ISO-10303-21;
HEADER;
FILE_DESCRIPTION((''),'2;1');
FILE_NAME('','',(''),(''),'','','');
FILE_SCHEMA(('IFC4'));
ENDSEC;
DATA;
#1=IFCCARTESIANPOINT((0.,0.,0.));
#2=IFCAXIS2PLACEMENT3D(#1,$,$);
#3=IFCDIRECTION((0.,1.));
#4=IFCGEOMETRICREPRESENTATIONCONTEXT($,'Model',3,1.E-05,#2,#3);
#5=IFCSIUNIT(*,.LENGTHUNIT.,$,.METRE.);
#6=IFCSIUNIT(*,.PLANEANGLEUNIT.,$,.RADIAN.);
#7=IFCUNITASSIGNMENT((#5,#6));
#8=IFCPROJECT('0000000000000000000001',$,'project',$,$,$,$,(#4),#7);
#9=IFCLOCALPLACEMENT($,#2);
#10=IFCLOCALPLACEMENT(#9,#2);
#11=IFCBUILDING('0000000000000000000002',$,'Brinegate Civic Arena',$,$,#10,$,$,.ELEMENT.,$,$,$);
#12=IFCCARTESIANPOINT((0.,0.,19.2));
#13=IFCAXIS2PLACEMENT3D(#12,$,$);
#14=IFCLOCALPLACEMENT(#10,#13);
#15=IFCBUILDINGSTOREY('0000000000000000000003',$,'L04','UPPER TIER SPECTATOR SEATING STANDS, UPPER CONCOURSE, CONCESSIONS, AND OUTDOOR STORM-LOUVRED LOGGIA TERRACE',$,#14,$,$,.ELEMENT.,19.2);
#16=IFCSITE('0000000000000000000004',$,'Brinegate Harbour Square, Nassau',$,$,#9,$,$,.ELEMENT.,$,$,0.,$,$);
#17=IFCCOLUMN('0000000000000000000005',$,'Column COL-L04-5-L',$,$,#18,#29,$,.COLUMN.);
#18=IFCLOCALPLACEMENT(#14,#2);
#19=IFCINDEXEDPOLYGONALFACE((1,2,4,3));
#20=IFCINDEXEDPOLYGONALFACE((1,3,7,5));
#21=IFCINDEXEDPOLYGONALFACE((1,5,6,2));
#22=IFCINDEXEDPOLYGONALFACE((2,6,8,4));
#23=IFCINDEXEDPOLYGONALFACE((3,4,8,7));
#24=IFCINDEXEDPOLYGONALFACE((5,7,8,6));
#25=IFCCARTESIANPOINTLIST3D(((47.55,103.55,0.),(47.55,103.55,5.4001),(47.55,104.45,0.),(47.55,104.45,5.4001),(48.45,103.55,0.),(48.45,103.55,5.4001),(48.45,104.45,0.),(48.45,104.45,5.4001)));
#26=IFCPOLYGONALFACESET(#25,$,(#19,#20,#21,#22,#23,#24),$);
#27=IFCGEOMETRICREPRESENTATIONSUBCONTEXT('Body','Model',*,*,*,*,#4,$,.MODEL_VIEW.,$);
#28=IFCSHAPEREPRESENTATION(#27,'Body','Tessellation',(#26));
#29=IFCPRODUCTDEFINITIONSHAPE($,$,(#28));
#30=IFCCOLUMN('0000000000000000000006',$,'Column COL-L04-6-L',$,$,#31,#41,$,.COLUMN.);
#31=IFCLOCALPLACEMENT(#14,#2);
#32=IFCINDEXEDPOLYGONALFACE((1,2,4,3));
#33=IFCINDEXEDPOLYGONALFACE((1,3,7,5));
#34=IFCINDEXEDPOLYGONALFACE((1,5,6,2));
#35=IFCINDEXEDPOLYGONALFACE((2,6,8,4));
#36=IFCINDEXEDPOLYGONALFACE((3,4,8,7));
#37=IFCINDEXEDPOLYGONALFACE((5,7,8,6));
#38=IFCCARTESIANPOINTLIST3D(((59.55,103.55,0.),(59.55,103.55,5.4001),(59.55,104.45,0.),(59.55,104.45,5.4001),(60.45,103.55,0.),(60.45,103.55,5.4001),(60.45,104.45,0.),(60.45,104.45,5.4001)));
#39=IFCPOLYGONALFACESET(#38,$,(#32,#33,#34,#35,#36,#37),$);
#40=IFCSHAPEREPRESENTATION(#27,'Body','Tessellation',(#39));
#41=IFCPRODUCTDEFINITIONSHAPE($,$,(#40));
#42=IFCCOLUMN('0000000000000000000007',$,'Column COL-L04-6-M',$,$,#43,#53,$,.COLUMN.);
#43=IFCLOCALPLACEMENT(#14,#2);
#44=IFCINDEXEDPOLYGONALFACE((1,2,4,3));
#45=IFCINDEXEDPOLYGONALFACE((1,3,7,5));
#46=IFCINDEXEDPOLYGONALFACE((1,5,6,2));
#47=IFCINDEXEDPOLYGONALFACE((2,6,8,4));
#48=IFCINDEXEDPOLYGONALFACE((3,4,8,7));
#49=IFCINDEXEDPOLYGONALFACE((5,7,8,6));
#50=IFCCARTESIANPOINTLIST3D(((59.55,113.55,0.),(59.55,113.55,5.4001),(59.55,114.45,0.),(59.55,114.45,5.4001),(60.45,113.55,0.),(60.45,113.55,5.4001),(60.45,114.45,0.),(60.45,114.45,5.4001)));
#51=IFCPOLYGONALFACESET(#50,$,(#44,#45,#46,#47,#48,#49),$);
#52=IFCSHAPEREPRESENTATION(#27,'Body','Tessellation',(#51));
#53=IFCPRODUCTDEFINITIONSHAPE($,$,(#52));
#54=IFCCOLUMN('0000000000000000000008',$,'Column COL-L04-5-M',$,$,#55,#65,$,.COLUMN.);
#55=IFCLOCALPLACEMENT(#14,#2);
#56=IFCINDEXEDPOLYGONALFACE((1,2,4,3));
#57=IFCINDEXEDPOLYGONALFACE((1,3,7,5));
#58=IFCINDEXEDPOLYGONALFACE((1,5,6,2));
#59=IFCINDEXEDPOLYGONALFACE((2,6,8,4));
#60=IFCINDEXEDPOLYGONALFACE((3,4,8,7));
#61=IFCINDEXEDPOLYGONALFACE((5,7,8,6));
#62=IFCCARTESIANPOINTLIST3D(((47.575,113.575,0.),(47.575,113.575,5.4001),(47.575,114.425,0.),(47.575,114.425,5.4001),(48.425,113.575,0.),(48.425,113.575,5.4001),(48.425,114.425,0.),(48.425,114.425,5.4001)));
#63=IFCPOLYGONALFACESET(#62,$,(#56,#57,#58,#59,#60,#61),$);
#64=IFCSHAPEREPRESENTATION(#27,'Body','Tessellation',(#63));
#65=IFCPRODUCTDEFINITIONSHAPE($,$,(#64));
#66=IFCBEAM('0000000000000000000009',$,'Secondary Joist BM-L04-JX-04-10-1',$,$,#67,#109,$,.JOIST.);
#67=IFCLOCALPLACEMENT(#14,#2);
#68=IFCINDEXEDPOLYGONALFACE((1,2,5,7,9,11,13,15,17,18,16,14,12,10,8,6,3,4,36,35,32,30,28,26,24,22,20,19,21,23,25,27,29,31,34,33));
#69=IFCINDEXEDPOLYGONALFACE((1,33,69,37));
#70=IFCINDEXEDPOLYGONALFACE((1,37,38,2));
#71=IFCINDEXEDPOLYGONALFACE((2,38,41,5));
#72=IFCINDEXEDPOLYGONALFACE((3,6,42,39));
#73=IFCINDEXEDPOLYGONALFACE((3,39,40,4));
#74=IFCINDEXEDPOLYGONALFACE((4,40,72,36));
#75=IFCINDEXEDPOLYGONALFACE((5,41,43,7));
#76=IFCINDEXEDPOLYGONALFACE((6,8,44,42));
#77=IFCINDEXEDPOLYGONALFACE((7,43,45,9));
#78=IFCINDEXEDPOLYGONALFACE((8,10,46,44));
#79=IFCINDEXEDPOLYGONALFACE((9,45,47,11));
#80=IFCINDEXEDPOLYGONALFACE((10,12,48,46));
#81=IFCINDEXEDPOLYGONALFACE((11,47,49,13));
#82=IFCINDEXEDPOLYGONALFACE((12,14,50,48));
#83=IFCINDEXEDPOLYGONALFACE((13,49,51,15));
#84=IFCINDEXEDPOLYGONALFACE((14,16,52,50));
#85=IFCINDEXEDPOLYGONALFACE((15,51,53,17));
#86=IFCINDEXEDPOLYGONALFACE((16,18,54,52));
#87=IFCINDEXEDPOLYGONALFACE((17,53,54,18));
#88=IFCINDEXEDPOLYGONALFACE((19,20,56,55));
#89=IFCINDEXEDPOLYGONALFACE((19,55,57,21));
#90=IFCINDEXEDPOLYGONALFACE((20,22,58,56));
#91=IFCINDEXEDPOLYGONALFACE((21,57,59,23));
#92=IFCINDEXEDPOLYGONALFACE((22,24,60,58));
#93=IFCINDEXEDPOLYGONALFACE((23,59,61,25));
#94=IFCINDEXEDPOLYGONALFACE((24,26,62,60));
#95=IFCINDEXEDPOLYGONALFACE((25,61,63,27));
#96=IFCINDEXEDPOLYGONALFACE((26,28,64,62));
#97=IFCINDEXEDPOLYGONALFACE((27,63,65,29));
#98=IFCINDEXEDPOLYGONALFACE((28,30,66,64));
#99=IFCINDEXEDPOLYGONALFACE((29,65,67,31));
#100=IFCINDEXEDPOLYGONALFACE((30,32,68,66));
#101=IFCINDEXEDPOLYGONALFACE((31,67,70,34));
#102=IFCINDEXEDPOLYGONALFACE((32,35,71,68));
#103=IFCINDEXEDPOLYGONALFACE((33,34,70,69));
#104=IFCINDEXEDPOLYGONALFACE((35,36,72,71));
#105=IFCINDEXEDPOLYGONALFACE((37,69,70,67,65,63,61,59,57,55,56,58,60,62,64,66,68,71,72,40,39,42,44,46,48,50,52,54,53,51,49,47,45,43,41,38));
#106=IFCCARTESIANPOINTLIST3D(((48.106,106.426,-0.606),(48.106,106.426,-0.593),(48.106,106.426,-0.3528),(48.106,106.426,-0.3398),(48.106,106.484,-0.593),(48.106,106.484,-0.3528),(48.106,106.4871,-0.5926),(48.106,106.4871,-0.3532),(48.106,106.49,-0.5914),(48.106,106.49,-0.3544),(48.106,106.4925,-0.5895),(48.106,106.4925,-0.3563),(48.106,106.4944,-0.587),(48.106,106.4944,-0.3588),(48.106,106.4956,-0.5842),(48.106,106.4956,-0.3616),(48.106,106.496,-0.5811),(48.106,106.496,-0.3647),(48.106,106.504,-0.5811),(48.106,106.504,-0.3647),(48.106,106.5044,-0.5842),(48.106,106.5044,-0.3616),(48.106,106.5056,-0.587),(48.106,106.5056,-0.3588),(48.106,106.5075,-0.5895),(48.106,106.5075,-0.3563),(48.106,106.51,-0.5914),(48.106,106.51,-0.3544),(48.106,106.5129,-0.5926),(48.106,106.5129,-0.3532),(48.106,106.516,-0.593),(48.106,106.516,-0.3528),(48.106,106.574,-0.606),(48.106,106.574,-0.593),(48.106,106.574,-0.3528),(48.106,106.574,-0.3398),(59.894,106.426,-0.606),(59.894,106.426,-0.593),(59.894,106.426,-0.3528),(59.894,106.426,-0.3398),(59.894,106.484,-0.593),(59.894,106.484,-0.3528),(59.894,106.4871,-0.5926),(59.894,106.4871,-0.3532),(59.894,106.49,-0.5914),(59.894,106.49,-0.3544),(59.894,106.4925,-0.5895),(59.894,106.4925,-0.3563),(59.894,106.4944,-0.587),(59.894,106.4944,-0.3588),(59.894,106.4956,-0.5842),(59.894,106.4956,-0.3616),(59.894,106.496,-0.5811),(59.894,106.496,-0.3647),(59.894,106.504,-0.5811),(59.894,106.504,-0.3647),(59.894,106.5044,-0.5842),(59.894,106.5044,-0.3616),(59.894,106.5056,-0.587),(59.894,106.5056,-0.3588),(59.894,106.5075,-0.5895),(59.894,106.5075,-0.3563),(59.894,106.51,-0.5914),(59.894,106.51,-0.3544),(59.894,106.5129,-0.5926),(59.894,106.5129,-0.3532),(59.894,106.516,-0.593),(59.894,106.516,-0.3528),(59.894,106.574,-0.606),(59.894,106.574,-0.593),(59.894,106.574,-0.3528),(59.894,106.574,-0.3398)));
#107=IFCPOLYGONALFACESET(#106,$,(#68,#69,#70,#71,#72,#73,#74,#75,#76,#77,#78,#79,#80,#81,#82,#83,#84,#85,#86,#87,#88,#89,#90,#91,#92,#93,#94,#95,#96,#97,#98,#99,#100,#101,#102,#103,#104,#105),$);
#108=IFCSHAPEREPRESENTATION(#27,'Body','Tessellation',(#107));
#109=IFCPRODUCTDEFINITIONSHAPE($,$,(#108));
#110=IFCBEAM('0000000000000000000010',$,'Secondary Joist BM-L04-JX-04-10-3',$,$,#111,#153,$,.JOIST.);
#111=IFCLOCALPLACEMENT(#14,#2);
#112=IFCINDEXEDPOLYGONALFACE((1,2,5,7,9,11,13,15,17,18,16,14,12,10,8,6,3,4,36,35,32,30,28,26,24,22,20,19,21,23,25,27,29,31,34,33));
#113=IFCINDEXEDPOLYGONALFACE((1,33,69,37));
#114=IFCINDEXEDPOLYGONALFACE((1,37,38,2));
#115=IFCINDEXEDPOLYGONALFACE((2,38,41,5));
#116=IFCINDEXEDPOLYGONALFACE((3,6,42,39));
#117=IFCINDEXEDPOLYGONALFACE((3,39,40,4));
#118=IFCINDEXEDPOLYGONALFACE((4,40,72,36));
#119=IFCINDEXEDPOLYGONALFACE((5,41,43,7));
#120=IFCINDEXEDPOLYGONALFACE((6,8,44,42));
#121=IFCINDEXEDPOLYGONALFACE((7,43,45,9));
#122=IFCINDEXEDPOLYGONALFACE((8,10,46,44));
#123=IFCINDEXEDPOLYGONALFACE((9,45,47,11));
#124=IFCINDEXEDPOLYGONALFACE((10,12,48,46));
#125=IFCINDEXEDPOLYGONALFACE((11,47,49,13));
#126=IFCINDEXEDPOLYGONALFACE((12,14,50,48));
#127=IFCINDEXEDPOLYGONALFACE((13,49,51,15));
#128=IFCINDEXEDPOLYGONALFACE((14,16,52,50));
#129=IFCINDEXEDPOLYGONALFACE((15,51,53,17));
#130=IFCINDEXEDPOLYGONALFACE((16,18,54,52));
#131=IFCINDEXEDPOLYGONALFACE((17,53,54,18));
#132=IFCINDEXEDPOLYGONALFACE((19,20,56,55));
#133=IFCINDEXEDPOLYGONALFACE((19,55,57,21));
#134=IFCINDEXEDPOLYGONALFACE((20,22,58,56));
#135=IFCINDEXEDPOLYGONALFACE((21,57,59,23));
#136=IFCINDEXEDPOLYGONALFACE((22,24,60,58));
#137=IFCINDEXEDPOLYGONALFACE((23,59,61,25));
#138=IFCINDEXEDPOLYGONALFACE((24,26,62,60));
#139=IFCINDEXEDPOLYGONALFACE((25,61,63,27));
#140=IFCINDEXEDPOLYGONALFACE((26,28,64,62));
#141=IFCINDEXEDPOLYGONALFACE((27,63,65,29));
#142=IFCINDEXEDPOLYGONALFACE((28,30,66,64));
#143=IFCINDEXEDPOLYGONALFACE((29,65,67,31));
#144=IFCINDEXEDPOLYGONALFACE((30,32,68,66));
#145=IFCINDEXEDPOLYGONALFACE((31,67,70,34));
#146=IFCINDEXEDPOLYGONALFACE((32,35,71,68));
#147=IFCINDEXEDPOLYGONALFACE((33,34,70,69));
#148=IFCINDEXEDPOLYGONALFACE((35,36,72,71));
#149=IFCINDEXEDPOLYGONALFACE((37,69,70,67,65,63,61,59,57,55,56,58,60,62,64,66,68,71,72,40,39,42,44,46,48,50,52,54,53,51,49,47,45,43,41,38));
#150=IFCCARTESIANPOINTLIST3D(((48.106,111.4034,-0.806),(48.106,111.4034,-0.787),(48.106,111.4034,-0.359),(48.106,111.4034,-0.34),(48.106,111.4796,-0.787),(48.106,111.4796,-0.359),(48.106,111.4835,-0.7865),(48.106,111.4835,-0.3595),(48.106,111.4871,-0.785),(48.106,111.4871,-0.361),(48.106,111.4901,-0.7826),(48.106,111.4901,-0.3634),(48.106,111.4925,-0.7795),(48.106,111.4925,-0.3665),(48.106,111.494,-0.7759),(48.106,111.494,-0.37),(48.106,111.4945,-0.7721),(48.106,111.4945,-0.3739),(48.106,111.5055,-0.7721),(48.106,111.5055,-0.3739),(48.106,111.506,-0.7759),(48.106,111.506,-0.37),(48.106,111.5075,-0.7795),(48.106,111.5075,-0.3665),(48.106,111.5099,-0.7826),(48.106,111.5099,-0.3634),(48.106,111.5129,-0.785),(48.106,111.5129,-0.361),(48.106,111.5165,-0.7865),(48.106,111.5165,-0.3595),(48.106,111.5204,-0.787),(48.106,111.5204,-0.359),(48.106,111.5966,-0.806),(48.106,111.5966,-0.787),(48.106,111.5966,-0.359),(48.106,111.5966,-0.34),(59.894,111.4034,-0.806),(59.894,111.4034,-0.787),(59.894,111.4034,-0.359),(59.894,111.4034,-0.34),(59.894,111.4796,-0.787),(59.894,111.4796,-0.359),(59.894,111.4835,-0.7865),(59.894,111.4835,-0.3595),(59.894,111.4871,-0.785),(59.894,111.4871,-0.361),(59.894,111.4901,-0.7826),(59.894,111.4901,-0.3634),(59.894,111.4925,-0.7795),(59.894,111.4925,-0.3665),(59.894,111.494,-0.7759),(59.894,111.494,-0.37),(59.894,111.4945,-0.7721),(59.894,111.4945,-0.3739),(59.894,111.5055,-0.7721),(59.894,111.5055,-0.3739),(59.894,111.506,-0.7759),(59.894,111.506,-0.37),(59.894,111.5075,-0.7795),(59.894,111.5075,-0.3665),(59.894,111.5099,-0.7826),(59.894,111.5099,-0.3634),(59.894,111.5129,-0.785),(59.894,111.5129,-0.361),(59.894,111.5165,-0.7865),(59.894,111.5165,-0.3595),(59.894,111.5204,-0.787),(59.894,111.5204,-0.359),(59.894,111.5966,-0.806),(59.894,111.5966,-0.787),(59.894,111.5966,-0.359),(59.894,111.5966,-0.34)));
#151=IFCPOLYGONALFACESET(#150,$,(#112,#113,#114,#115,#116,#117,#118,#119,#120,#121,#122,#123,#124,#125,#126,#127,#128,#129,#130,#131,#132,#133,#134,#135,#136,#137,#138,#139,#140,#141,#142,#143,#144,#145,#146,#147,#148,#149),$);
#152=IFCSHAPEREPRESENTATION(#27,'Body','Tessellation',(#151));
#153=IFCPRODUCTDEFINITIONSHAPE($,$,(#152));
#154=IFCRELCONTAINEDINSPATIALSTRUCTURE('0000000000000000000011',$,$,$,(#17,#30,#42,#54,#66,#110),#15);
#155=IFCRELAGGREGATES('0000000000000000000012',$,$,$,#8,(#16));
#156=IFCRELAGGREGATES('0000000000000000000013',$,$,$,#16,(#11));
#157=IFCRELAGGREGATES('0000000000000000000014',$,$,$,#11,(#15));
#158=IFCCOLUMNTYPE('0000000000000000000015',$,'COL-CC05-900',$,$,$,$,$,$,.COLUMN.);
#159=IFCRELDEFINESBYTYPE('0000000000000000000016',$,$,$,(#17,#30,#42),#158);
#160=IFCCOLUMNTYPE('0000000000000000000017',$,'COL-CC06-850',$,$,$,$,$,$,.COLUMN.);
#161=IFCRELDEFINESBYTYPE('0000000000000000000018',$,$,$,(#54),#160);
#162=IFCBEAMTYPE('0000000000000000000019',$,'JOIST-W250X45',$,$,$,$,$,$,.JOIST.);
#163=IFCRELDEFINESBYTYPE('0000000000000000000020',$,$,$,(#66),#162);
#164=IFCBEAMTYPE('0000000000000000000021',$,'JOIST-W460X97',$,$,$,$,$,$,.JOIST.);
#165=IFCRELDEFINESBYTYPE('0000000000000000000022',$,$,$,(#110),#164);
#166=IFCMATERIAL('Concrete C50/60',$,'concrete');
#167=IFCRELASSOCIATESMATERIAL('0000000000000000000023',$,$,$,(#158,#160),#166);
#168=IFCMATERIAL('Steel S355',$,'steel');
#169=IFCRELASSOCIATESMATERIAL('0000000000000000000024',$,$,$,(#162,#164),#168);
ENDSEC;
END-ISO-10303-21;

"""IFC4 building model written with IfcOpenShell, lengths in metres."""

from ifc_helpers import new_model, si_unit, direction, frame, origin, origin_2d, place, context, subcontext, project, spatial, rectangle, i_section, extrude, material, material_profile, profile_set, type_object, element, save


model = new_model("IFC4")

# Units and contexts
model_context = context("Model", 3, precision=1e-05, world=origin(), true_north=direction((0.0, 1.0)))
body_context = subcontext(model_context, "Body", "Model", "MODEL_VIEW")
ifc_project = project(units=[si_unit("LENGTHUNIT", "METRE"), si_unit("PLANEANGLEUNIT", "RADIAN")], contexts=[model_context])

# Site, building, storey
site_placement = place(None, origin())
site = spatial("IfcSite", under=ifc_project, at=site_placement, Name="Brinegate Harbour Square, Nassau", CompositionType="ELEMENT", RefElevation=0.0)
building_placement = place(site_placement, origin())
building = spatial("IfcBuilding", under=site, at=building_placement, Name="Brinegate Civic Arena", CompositionType="ELEMENT")
storey_placement = place(building_placement, frame((0.0, 0.0, 19.2)))
storey = spatial("IfcBuildingStorey", under=building, at=storey_placement, Name="L04", Description="UPPER TIER SPECTATOR SEATING STANDS, UPPER CONCOURSE, CONCESSIONS, AND OUTDOOR STORM-LOUVRED LOGGIA TERRACE", CompositionType="ELEMENT", Elevation=19.2)

# Columns
ifc_material_1 = material(Name="Concrete C50/60", Category="concrete")
ifc_material_profile_1 = material_profile(ifc_material_1, rectangle(XDim=0.8999, YDim=0.8999, at=origin_2d()), Name="RC900X900")
ifc_profile_set_1 = profile_set([ifc_material_profile_1], Name="Concrete C50/60")
column_type_1 = type_object("IfcColumnType", Name="COL-CC05-900", PredefinedType="COLUMN", material=ifc_profile_set_1)
for number, where, z_axis, x_axis, name in (
    (1, (48.0, 104.0, 0.0), (0.0, 0.0, 1.0), (1.0, 0.0, 0.0), "Column COL-L04-5-L"),
    (2, (60.0, 104.0, 0.0), (0.0, 0.0, 1.0), (1.0, 0.0, 0.0), "Column COL-L04-6-L"),
    (3, (60.0, 114.0, 0.0), (0.0, 0.0, 1.0), (1.0, 0.0, 0.0), "Column COL-L04-6-M"),
):
    element("IfcColumn", number, at=place(storey_placement, frame(where, z_axis=z_axis, x_axis=x_axis)), inside=storey, type_object=column_type_1, Name=name, PredefinedType="COLUMN", context=body_context, shape_type="SweptSolid", body=[
        extrude(rectangle(XDim=0.8999, YDim=0.8999, at=origin_2d()), origin(), (0.0, 0.0, 1.0), 5.4001),
    ])
ifc_material_profile_2 = material_profile(ifc_material_1, rectangle(XDim=0.8501, YDim=0.8501, at=origin_2d()), Name="RC850X850")
ifc_profile_set_2 = profile_set([ifc_material_profile_2], Name="Concrete C50/60")
column_type_2 = type_object("IfcColumnType", Name="COL-CC06-850", PredefinedType="COLUMN", material=ifc_profile_set_2)
column_placement = place(storey_placement, frame((48.0, 114.0, 0.0), z_axis=(0.0, 0.0, 1.0), x_axis=(1.0, 0.0, 0.0)))
element("IfcColumn", 4, at=column_placement, inside=storey, type_object=column_type_2, Name="Column COL-L04-5-M", PredefinedType="COLUMN", context=body_context, shape_type="SweptSolid", body=[
    extrude(rectangle(XDim=0.8501, YDim=0.8501, at=origin_2d()), origin(), (0.0, 0.0, 1.0), 5.4001),
])

# Beams
ifc_material_2 = material(Name="Steel S355", Category="steel")
ifc_material_profile_3 = material_profile(ifc_material_2, i_section(OverallWidth=0.1479, OverallDepth=0.2661, WebThickness=0.0081, FlangeThickness=0.0129, FilletRadius=0.012, at=origin_2d()), Name="W250X45")
ifc_profile_set_3 = profile_set([ifc_material_profile_3], Name="Steel S355")
beam_type_1 = type_object("IfcBeamType", Name="JOIST-W250X45", PredefinedType="JOIST", material=ifc_profile_set_3)
beam_1_placement = place(storey_placement, frame((48.106, 106.5, -0.4729), z_axis=(1.0, 0.0, 0.0), x_axis=(0.0, 1.0, 0.0)))
element("IfcBeam", 5, at=beam_1_placement, inside=storey, type_object=beam_type_1, Name="Secondary Joist BM-L04-JX-04-10-1", PredefinedType="JOIST", context=body_context, shape_type="SweptSolid", body=[
    extrude(i_section(OverallWidth=0.1479, OverallDepth=0.2661, WebThickness=0.0081, FlangeThickness=0.0129, FilletRadius=0.012, at=origin_2d()), origin(), (0.0, 0.0, 1.0), 11.7881),
])
ifc_material_profile_4 = material_profile(ifc_material_2, i_section(OverallWidth=0.1931, OverallDepth=0.4661, WebThickness=0.011, FlangeThickness=0.019, FilletRadius=0.0149, at=origin_2d()), Name="W460X97")
ifc_profile_set_4 = profile_set([ifc_material_profile_4], Name="Steel S355")
beam_type_2 = type_object("IfcBeamType", Name="JOIST-W460X97", PredefinedType="JOIST", material=ifc_profile_set_4)
beam_2_placement = place(storey_placement, frame((48.106, 111.5, -0.573), z_axis=(1.0, 0.0, 0.0), x_axis=(0.0, 1.0, 0.0)))
element("IfcBeam", 6, at=beam_2_placement, inside=storey, type_object=beam_type_2, Name="Secondary Joist BM-L04-JX-04-10-3", PredefinedType="JOIST", context=body_context, shape_type="SweptSolid", body=[
    extrude(i_section(OverallWidth=0.1931, OverallDepth=0.4661, WebThickness=0.011, FlangeThickness=0.019, FilletRadius=0.0149, at=origin_2d()), origin(), (0.0, 0.0, 1.0), 11.7881),
])

save(model, "model.ifc")
